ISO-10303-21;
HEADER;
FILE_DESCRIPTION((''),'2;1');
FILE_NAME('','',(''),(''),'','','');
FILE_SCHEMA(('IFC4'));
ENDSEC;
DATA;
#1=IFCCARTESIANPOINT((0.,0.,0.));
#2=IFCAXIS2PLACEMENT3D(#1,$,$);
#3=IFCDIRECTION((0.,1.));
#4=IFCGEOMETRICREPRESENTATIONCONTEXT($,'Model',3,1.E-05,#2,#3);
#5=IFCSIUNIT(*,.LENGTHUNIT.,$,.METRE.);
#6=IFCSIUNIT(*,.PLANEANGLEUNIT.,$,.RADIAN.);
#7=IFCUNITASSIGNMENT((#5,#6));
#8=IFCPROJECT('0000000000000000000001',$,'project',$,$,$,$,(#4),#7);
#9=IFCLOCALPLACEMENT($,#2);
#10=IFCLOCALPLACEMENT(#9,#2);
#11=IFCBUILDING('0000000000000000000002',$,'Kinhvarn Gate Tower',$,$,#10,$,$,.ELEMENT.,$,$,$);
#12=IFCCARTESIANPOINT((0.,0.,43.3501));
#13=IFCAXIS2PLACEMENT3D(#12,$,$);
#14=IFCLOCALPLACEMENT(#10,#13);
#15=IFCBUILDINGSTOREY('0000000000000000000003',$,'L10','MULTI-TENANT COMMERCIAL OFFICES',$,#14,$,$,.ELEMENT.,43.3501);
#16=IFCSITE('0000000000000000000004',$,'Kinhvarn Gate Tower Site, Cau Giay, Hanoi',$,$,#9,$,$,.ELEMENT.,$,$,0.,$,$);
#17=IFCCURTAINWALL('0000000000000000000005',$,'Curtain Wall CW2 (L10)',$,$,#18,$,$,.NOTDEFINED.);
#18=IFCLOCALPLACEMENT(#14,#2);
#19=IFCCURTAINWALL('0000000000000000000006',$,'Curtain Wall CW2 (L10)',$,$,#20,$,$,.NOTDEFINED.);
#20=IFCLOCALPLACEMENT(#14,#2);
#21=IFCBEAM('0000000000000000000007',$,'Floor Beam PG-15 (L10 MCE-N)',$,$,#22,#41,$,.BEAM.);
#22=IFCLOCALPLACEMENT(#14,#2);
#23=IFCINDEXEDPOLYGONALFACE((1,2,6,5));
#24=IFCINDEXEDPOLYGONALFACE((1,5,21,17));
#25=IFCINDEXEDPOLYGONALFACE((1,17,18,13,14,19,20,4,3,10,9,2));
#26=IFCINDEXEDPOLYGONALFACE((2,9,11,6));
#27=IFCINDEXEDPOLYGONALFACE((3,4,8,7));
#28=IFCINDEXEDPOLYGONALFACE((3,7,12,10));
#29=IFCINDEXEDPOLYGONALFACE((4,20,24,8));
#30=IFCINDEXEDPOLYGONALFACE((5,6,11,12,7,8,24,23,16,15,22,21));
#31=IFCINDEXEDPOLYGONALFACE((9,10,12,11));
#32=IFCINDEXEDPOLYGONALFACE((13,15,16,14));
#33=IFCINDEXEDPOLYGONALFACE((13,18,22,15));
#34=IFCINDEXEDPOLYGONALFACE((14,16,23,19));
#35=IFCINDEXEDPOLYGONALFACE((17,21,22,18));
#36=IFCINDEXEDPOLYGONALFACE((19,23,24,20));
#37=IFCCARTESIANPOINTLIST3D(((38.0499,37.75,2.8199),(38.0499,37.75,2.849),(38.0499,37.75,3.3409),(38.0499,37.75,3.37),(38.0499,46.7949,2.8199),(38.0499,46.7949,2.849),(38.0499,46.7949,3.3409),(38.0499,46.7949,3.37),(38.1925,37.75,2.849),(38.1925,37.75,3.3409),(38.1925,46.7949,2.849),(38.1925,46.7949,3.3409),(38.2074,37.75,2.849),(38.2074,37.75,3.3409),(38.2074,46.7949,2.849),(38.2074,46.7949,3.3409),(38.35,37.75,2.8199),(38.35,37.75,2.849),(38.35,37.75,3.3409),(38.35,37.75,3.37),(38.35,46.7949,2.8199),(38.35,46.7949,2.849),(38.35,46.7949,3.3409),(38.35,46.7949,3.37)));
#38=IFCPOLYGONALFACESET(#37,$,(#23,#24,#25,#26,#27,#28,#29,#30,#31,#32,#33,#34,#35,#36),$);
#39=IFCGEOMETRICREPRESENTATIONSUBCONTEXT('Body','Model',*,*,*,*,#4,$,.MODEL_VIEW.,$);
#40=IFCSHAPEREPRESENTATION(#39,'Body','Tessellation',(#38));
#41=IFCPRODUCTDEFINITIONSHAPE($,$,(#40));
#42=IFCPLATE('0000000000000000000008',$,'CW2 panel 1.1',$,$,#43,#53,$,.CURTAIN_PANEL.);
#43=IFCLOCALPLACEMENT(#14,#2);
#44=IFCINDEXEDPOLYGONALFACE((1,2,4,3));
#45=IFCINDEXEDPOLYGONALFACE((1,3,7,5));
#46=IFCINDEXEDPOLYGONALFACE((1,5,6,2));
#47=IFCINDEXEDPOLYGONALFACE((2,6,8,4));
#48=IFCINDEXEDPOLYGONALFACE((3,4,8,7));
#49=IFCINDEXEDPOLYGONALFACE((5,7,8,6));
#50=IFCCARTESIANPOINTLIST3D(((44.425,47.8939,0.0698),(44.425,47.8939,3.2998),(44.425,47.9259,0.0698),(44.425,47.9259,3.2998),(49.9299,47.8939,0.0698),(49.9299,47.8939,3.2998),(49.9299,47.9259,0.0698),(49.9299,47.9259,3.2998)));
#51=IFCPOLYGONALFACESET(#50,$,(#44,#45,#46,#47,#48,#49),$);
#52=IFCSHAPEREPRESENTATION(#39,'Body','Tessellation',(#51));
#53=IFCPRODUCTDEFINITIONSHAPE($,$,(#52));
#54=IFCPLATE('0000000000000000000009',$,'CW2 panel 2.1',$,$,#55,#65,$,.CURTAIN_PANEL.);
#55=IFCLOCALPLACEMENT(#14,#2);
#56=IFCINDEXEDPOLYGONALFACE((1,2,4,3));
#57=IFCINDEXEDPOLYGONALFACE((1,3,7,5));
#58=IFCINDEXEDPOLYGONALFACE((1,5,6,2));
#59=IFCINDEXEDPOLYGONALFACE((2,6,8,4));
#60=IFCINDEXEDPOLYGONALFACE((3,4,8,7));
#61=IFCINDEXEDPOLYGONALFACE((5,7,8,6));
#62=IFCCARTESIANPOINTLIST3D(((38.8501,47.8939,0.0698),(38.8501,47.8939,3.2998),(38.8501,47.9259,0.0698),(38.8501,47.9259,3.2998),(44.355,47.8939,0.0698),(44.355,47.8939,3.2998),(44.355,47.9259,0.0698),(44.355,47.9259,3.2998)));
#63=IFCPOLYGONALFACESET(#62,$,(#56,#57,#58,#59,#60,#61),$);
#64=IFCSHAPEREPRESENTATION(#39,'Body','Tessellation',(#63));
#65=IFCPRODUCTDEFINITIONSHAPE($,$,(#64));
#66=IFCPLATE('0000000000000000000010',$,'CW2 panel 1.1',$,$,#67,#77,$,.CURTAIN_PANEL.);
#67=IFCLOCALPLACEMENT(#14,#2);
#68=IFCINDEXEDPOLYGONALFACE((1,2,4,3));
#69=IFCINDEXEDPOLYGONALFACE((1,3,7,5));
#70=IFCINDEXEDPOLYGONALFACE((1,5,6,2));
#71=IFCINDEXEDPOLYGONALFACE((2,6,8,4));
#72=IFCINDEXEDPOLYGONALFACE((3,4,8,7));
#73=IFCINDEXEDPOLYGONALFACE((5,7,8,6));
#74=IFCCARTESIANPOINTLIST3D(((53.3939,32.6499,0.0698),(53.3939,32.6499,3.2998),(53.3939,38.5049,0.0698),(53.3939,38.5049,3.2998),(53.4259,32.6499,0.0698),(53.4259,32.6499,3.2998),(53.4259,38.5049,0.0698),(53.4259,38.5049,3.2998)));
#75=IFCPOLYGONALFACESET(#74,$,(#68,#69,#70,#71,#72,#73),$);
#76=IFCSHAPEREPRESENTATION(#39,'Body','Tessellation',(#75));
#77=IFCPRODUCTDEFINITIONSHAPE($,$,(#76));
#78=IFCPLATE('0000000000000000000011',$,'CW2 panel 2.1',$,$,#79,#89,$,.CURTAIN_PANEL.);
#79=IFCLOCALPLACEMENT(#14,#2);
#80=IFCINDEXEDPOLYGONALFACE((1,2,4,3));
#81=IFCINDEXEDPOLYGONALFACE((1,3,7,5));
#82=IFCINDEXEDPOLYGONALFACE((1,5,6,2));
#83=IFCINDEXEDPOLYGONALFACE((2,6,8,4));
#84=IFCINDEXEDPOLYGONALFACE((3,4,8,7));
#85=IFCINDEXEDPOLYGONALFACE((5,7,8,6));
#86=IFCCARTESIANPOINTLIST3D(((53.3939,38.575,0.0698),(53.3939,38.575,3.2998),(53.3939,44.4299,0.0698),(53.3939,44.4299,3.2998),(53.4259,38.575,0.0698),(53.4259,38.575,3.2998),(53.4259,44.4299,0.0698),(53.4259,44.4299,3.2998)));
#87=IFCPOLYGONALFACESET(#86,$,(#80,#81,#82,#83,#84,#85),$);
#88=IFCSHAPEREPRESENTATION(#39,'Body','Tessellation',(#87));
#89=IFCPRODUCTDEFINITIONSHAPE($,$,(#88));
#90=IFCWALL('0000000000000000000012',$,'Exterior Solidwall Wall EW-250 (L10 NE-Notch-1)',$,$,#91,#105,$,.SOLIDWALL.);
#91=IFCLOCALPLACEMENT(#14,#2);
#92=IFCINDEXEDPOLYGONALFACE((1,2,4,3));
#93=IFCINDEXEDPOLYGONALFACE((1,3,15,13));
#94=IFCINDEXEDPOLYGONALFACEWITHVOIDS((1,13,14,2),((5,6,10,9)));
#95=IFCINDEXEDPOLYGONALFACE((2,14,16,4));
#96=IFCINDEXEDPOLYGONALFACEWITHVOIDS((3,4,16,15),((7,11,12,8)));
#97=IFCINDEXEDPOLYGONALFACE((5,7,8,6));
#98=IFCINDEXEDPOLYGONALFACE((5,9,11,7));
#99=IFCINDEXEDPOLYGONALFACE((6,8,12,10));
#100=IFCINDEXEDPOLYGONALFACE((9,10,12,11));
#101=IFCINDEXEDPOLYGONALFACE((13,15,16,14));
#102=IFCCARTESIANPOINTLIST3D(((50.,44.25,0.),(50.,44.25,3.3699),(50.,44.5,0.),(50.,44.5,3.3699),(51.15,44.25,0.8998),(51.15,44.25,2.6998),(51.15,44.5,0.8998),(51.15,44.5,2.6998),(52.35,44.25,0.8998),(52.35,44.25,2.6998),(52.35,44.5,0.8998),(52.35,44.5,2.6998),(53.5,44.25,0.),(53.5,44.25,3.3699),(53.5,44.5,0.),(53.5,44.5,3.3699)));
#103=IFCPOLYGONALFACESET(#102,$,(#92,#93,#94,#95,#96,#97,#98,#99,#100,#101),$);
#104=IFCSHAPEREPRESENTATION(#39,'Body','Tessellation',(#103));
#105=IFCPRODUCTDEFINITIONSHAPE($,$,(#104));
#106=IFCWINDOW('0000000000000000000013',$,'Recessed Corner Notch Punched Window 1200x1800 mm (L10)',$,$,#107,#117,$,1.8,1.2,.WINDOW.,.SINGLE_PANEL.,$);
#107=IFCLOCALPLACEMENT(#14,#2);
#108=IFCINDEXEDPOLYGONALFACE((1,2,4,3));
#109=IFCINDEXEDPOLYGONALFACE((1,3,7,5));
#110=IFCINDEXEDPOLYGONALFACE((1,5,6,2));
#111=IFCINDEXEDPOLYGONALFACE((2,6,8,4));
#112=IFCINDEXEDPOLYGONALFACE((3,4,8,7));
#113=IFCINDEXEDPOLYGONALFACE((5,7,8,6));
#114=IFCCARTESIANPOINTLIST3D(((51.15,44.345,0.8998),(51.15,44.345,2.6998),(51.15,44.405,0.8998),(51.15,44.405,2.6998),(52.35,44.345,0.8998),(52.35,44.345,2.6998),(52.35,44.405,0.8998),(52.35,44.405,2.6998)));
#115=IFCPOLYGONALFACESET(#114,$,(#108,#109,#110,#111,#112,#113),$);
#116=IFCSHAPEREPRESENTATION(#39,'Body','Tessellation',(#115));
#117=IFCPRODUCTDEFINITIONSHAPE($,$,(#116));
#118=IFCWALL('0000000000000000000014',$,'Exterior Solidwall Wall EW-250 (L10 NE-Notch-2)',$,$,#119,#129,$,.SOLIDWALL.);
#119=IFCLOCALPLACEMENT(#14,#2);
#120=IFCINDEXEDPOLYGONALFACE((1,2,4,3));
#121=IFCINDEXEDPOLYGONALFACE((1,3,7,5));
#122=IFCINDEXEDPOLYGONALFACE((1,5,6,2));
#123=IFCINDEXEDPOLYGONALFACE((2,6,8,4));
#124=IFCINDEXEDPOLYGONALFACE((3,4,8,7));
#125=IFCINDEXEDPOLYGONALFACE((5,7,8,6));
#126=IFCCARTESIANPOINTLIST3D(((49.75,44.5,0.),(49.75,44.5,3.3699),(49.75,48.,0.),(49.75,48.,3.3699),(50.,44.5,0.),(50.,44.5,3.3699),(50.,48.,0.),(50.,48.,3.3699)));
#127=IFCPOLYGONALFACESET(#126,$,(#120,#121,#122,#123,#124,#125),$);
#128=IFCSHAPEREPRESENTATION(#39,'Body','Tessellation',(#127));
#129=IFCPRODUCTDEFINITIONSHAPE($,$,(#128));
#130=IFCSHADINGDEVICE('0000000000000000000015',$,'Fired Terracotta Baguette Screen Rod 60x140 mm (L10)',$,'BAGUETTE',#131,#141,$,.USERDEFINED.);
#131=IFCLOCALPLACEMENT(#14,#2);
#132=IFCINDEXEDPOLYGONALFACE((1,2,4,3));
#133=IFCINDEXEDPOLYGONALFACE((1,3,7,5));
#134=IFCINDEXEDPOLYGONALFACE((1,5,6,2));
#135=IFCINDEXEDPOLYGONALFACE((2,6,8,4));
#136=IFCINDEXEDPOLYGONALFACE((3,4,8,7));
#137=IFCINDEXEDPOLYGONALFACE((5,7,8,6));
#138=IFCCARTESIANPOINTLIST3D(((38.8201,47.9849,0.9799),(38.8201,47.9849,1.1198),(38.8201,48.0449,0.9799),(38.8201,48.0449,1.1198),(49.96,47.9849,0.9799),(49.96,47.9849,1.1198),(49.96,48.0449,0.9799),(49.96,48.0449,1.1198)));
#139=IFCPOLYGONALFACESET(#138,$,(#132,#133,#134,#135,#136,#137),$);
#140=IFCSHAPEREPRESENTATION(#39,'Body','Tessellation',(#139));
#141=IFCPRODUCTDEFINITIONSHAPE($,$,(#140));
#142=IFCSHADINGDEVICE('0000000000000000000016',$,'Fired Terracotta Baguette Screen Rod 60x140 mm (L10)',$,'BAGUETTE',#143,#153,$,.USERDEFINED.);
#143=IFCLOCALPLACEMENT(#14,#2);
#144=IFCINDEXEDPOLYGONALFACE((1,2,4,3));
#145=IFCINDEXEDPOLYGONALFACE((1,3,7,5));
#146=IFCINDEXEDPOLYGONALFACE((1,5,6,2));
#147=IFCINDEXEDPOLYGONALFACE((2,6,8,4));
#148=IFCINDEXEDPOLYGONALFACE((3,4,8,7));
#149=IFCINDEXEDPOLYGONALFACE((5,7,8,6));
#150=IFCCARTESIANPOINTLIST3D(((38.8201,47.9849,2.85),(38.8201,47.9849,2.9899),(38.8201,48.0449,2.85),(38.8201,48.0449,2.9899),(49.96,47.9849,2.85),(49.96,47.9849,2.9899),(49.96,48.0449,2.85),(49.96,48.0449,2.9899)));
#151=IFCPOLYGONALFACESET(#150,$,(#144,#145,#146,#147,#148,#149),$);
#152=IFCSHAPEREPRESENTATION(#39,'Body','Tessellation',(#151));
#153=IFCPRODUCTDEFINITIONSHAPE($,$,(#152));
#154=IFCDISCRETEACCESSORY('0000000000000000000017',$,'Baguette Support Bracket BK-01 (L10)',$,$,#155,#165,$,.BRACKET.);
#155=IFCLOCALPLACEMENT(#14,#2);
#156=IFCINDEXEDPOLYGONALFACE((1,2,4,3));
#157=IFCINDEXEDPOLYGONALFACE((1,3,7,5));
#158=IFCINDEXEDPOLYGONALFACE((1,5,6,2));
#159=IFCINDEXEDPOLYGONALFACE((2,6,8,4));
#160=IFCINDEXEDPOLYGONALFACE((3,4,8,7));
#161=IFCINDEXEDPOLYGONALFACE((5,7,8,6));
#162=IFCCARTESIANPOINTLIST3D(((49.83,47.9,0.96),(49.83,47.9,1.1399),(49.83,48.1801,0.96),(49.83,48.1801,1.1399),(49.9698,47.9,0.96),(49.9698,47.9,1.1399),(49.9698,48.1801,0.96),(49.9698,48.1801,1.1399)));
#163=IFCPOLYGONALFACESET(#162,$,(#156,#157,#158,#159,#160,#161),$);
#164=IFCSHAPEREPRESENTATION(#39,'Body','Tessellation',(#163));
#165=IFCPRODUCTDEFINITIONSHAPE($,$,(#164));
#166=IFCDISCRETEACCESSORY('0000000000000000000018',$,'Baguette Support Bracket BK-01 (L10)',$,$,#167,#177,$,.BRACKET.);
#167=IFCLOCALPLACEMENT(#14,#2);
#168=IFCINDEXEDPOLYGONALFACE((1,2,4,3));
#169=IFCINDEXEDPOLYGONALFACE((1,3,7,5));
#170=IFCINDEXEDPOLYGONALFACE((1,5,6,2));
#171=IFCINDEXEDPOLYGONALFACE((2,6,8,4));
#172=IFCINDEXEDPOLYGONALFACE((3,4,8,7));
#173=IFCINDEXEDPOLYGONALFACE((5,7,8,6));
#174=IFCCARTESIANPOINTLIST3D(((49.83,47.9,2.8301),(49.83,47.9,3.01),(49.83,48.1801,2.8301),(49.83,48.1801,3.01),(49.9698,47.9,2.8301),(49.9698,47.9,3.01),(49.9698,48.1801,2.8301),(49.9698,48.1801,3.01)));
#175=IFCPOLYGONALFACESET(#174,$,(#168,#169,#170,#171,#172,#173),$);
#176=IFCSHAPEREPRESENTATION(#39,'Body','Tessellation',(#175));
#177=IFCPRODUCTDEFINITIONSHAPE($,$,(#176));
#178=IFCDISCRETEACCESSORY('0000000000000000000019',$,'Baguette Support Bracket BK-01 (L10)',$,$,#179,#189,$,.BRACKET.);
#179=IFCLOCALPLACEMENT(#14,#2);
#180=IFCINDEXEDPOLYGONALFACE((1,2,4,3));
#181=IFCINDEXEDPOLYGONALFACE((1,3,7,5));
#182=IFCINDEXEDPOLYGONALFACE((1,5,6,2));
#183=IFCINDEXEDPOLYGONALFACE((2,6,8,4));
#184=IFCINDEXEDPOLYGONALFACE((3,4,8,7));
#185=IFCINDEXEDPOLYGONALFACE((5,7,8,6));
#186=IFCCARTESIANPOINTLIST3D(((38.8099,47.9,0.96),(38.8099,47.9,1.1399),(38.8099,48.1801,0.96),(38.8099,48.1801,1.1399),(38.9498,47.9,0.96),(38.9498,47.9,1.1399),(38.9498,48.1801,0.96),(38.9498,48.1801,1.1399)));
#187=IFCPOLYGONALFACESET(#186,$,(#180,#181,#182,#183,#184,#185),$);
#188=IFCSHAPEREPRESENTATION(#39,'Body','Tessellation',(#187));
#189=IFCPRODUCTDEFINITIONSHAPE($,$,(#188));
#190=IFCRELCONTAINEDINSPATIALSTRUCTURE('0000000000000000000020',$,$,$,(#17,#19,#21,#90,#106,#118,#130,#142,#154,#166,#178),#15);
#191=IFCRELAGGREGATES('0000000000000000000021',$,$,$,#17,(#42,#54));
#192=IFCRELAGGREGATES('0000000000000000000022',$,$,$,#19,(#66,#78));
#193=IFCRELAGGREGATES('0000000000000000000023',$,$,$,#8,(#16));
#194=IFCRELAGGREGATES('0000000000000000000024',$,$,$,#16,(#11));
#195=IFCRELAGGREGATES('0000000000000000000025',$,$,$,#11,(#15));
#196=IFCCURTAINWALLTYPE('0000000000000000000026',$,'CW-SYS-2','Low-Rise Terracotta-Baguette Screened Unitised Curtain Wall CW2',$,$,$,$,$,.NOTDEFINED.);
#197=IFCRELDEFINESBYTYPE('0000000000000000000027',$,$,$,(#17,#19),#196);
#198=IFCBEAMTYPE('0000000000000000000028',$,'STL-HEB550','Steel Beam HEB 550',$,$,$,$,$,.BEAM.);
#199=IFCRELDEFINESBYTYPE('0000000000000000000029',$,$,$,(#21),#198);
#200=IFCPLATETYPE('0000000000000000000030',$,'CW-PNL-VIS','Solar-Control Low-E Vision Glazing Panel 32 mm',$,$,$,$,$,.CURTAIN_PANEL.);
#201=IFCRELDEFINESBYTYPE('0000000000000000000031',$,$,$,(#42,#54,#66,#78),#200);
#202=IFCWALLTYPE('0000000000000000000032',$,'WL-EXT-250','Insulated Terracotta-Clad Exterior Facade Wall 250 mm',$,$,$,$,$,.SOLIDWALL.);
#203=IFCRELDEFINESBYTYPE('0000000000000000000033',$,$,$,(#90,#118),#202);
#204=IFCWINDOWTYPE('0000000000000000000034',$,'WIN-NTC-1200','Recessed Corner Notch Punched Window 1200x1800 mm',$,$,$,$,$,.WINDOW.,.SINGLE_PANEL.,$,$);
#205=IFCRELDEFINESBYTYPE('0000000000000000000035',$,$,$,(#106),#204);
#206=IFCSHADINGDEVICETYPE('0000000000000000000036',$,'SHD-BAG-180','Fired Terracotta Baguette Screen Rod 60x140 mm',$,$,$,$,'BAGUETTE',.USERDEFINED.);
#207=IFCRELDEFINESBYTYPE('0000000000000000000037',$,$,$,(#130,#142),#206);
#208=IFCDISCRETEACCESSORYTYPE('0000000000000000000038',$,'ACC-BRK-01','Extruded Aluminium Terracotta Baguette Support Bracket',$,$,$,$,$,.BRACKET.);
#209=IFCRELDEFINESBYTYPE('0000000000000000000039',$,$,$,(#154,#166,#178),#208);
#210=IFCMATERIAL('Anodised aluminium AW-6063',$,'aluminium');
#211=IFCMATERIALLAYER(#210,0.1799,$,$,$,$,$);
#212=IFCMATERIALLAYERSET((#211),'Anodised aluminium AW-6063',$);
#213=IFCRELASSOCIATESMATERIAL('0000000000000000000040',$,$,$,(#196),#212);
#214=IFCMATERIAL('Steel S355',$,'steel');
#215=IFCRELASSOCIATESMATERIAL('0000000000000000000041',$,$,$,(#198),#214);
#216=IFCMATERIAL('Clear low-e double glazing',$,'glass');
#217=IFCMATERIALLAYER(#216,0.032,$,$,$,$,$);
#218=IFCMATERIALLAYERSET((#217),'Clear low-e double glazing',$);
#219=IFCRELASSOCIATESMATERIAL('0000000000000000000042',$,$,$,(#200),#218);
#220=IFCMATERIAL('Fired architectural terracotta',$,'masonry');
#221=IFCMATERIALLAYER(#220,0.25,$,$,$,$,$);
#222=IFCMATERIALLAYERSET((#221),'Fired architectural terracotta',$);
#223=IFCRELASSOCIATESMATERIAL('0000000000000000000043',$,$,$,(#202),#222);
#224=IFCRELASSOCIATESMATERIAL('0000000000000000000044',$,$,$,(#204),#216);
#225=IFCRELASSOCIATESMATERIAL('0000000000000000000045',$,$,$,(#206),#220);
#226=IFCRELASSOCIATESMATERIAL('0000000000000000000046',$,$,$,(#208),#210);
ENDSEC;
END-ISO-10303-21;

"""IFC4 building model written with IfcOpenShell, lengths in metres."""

from ifc_helpers import new_model, si_unit, direction, frame, frame_2d, origin, origin_2d, place, context, subcontext, project, spatial, rectangle, i_section, extrude, material, layer, layer_set, material_profile, profile_set, type_object, element, fill, aggregate, save


model = new_model("IFC4")

# Units and contexts
model_context = context("Model", 3, precision=1e-05, world=origin(), true_north=direction((0.0, 1.0)))
body_context = subcontext(model_context, "Body", "Model", "MODEL_VIEW")
ifc_project = project(units=[si_unit("LENGTHUNIT", "METRE"), si_unit("PLANEANGLEUNIT", "RADIAN")], contexts=[model_context])

# Site, building, storey
site_placement = place(None, origin())
site = spatial("IfcSite", under=ifc_project, at=site_placement, Name="Kinhvarn Gate Tower Site, Cau Giay, Hanoi", CompositionType="ELEMENT", RefElevation=0.0)
building_placement = place(site_placement, origin())
building = spatial("IfcBuilding", under=site, at=building_placement, Name="Kinhvarn Gate Tower", CompositionType="ELEMENT")
storey_placement = place(building_placement, frame((0.0, 0.0, 43.3501)))
storey = spatial("IfcBuildingStorey", under=building, at=storey_placement, Name="L10", Description="MULTI-TENANT COMMERCIAL OFFICES", CompositionType="ELEMENT", Elevation=43.3501)

# Curtain walls
ifc_material_1 = material(Name="Anodised aluminium AW-6063", Category="aluminium")
ifc_layer_1 = layer(ifc_material_1, 0.1799)
ifc_layer_set_1 = layer_set([ifc_layer_1], Name="Anodised aluminium AW-6063")
curtain_wall_type = type_object("IfcCurtainWallType", Name="CW-SYS-2", Description="Low-Rise Terracotta-Baguette Screened Unitised Curtain Wall CW2", PredefinedType="NOTDEFINED", material=ifc_layer_set_1)
curtain_wall_1_placement = place(storey_placement, origin())
curtain_wall_1 = element("IfcCurtainWall", 1, at=curtain_wall_1_placement, inside=storey, type_object=curtain_wall_type, Name="Curtain Wall CW2 (L10)", PredefinedType="NOTDEFINED")
curtain_wall_2_placement = place(storey_placement, origin())
curtain_wall_2 = element("IfcCurtainWall", 2, at=curtain_wall_2_placement, inside=storey, type_object=curtain_wall_type, Name="Curtain Wall CW2 (L10)", PredefinedType="NOTDEFINED")

# Beam
ifc_material_2 = material(Name="Steel S355", Category="steel")
ifc_material_profile_1 = material_profile(ifc_material_2, i_section(OverallWidth=0.3, OverallDepth=0.55, WebThickness=0.0149, FlangeThickness=0.0291, at=origin_2d()), Name="HEB 550")
ifc_profile_set_1 = profile_set([ifc_material_profile_1], Name="Steel S355")
beam_type = type_object("IfcBeamType", Name="STL-HEB550", Description="Steel Beam HEB 550", PredefinedType="BEAM", material=ifc_profile_set_1)
beam_placement = place(storey_placement, frame((38.2, 37.75, 3.095), z_axis=(0.0, 1.0, 0.0), x_axis=(-1.0, 0.0, 0.0)))
element("IfcBeam", 3, at=beam_placement, inside=storey, type_object=beam_type, Name="Floor Beam PG-15 (L10 MCE-N)", PredefinedType="BEAM", context=body_context, shape_type="SweptSolid", body=[
    extrude(i_section(OverallWidth=0.3, OverallDepth=0.55, WebThickness=0.0149, FlangeThickness=0.0291, at=origin_2d()), origin(), (0.0, 0.0, 1.0), 9.0449),
])

# Plates
ifc_material_3 = material(Name="Clear low-e double glazing", Category="glass")
ifc_layer_2 = layer(ifc_material_3, 0.032)
ifc_layer_set_2 = layer_set([ifc_layer_2], Name="Clear low-e double glazing")
plate_type = type_object("IfcPlateType", Name="CW-PNL-VIS", Description="Solar-Control Low-E Vision Glazing Panel 32 mm", PredefinedType="CURTAIN_PANEL", material=ifc_layer_set_2)
plate_1_placement = place(storey_placement, frame((47.1775, 47.9099, 0.0698), z_axis=(0.0, 0.0, 1.0), x_axis=(-1.0, 0.0, 0.0)))
plate_1 = element("IfcPlate", 4, at=plate_1_placement, type_object=plate_type, Name="CW2 panel 1.1", PredefinedType="CURTAIN_PANEL", context=body_context, shape_type="SweptSolid", body=[
    extrude(rectangle(XDim=5.5049, YDim=0.032, at=origin_2d()), origin(), (0.0, 0.0, 1.0), 3.23),
])
plate_2_placement = place(storey_placement, frame((41.6025, 47.9099, 0.0698), z_axis=(0.0, 0.0, 1.0), x_axis=(-1.0, 0.0, 0.0)))
plate_2 = element("IfcPlate", 5, at=plate_2_placement, type_object=plate_type, Name="CW2 panel 2.1", PredefinedType="CURTAIN_PANEL", context=body_context, shape_type="SweptSolid", body=[
    extrude(rectangle(XDim=5.5049, YDim=0.032, at=origin_2d()), origin(), (0.0, 0.0, 1.0), 3.23),
])
aggregate(curtain_wall_1, [plate_1, plate_2])
plate_3_placement = place(storey_placement, frame((53.4099, 35.5774, 0.0698), z_axis=(0.0, 0.0, 1.0), x_axis=(0.0, 1.0, 0.0)))
plate_3 = element("IfcPlate", 6, at=plate_3_placement, type_object=plate_type, Name="CW2 panel 1.1", PredefinedType="CURTAIN_PANEL", context=body_context, shape_type="SweptSolid", body=[
    extrude(rectangle(XDim=5.855, YDim=0.032, at=origin_2d()), origin(), (0.0, 0.0, 1.0), 3.23),
])
plate_4_placement = place(storey_placement, frame((53.4099, 41.5024, 0.0698), z_axis=(0.0, 0.0, 1.0), x_axis=(0.0, 1.0, 0.0)))
plate_4 = element("IfcPlate", 7, at=plate_4_placement, type_object=plate_type, Name="CW2 panel 2.1", PredefinedType="CURTAIN_PANEL", context=body_context, shape_type="SweptSolid", body=[
    extrude(rectangle(XDim=5.855, YDim=0.032, at=origin_2d()), origin(), (0.0, 0.0, 1.0), 3.23),
])
aggregate(curtain_wall_2, [plate_3, plate_4])

# Wall, opening, window
ifc_material_4 = material(Name="Fired architectural terracotta", Category="masonry")
ifc_layer_3 = layer(ifc_material_4, 0.25)
ifc_layer_set_3 = layer_set([ifc_layer_3], Name="Fired architectural terracotta")
wall_type = type_object("IfcWallType", Name="WL-EXT-250", Description="Insulated Terracotta-Clad Exterior Facade Wall 250 mm", PredefinedType="SOLIDWALL", material=ifc_layer_set_3)
wall_1_placement = place(storey_placement, frame((53.5, 44.375, 0.0), z_axis=(0.0, 0.0, 1.0), x_axis=(-1.0, 0.0, 0.0)))
wall_1 = element("IfcWall", 8, at=wall_1_placement, inside=storey, type_object=wall_type, Name="Exterior Solidwall Wall EW-250 (L10 NE-Notch-1)", PredefinedType="SOLIDWALL", context=body_context, shape_type="SweptSolid", body=[
    extrude(rectangle(XDim=3.5, YDim=0.25, at=frame_2d((1.75, 0.0))), origin(), (0.0, 0.0, 1.0), 3.3699),
])
opening_placement = place(wall_1_placement, frame((1.1499, 0.0, 0.8999)))
opening = element("IfcOpeningElement", 9, at=opening_placement, cuts=wall_1, PredefinedType="OPENING", context=body_context, shape_type="SweptSolid", body=[
    extrude(rectangle(XDim=1.2, YDim=1.8, at=frame_2d((0.6001, 0.8999))), frame((0.0, 0.135, 0.0), z_axis=(0.0, -1.0, 0.0), x_axis=(1.0, 0.0, 0.0)), (0.0, 0.0, 1.0), 0.27),
])
window_type = type_object("IfcWindowType", Name="WIN-NTC-1200", Description="Recessed Corner Notch Punched Window 1200x1800 mm", PartitioningType="SINGLE_PANEL", PredefinedType="WINDOW", material=ifc_material_3)
window_placement = place(opening_placement, origin())
window = element("IfcWindow", 10, at=window_placement, inside=storey, type_object=window_type, Name="Recessed Corner Notch Punched Window 1200x1800 mm (L10)", OverallHeight=1.8, OverallWidth=1.2, PartitioningType="SINGLE_PANEL", PredefinedType="WINDOW", context=body_context, shape_type="SweptSolid", body=[
    extrude(rectangle(XDim=1.2, YDim=1.8, at=frame_2d((0.6001, 0.8999))), frame((0.0, 0.03, 0.0), z_axis=(0.0, -1.0, 0.0), x_axis=(1.0, 0.0, 0.0)), (0.0, 0.0, 1.0), 0.0601),
])
fill(opening, window)

# Wall
wall_2_placement = place(storey_placement, frame((49.875, 44.5, 0.0), z_axis=(0.0, 0.0, 1.0), x_axis=(0.0, 1.0, 0.0)))
element("IfcWall", 11, at=wall_2_placement, inside=storey, type_object=wall_type, Name="Exterior Solidwall Wall EW-250 (L10 NE-Notch-2)", PredefinedType="SOLIDWALL", context=body_context, shape_type="SweptSolid", body=[
    extrude(rectangle(XDim=3.5, YDim=0.25, at=frame_2d((1.75, 0.0))), origin(), (0.0, 0.0, 1.0), 3.3699),
])

# Shading devices
ifc_material_profile_2 = material_profile(ifc_material_4, rectangle(XDim=0.0601, YDim=0.1399, at=origin_2d()), Name="TC 60x140")
ifc_profile_set_2 = profile_set([ifc_material_profile_2], Name="Fired architectural terracotta")
shading_device_type = type_object("IfcShadingDeviceType", Name="SHD-BAG-180", Description="Fired Terracotta Baguette Screen Rod 60x140 mm", ElementType="BAGUETTE", PredefinedType="USERDEFINED", material=ifc_profile_set_2)
for number, where, z_axis, x_axis, name in (
    (12, (49.96, 48.0149, 1.0498), (-1.0, 0.0, 0.0), (0.0, -1.0, 0.0), "Fired Terracotta Baguette Screen Rod 60x140 mm (L10)"),
    (13, (49.96, 48.0149, 2.9199), (-1.0, 0.0, 0.0), (0.0, -1.0, 0.0), "Fired Terracotta Baguette Screen Rod 60x140 mm (L10)"),
):
    element("IfcShadingDevice", number, at=place(storey_placement, frame(where, z_axis=z_axis, x_axis=x_axis)), inside=storey, type_object=shading_device_type, Name=name, ObjectType="BAGUETTE", PredefinedType="USERDEFINED", context=body_context, shape_type="SweptSolid", body=[
        extrude(rectangle(XDim=0.0601, YDim=0.1399, at=origin_2d()), origin(), (0.0, 0.0, 1.0), 11.1399),
    ])

# Discrete accessories
discrete_accessory_type = type_object("IfcDiscreteAccessoryType", Name="ACC-BRK-01", Description="Extruded Aluminium Terracotta Baguette Support Bracket", PredefinedType="BRACKET", material=ifc_material_1)
for number, where, z_axis, x_axis, name in (
    (14, (49.8999, 48.04, 0.96), (0.0, 0.0, 1.0), (-1.0, 0.0, 0.0), "Baguette Support Bracket BK-01 (L10)"),
    (15, (49.8999, 48.04, 2.8301), (0.0, 0.0, 1.0), (-1.0, 0.0, 0.0), "Baguette Support Bracket BK-01 (L10)"),
    (16, (38.8799, 48.04, 0.96), (0.0, 0.0, 1.0), (-1.0, 0.0, 0.0), "Baguette Support Bracket BK-01 (L10)"),
):
    element("IfcDiscreteAccessory", number, at=place(storey_placement, frame(where, z_axis=z_axis, x_axis=x_axis)), inside=storey, type_object=discrete_accessory_type, Name=name, PredefinedType="BRACKET", context=body_context, shape_type="SweptSolid", body=[
        extrude(rectangle(XDim=0.1399, YDim=0.28, at=origin_2d()), origin(), (0.0, 0.0, 1.0), 0.1799),
    ])

save(model, "model.ifc")
